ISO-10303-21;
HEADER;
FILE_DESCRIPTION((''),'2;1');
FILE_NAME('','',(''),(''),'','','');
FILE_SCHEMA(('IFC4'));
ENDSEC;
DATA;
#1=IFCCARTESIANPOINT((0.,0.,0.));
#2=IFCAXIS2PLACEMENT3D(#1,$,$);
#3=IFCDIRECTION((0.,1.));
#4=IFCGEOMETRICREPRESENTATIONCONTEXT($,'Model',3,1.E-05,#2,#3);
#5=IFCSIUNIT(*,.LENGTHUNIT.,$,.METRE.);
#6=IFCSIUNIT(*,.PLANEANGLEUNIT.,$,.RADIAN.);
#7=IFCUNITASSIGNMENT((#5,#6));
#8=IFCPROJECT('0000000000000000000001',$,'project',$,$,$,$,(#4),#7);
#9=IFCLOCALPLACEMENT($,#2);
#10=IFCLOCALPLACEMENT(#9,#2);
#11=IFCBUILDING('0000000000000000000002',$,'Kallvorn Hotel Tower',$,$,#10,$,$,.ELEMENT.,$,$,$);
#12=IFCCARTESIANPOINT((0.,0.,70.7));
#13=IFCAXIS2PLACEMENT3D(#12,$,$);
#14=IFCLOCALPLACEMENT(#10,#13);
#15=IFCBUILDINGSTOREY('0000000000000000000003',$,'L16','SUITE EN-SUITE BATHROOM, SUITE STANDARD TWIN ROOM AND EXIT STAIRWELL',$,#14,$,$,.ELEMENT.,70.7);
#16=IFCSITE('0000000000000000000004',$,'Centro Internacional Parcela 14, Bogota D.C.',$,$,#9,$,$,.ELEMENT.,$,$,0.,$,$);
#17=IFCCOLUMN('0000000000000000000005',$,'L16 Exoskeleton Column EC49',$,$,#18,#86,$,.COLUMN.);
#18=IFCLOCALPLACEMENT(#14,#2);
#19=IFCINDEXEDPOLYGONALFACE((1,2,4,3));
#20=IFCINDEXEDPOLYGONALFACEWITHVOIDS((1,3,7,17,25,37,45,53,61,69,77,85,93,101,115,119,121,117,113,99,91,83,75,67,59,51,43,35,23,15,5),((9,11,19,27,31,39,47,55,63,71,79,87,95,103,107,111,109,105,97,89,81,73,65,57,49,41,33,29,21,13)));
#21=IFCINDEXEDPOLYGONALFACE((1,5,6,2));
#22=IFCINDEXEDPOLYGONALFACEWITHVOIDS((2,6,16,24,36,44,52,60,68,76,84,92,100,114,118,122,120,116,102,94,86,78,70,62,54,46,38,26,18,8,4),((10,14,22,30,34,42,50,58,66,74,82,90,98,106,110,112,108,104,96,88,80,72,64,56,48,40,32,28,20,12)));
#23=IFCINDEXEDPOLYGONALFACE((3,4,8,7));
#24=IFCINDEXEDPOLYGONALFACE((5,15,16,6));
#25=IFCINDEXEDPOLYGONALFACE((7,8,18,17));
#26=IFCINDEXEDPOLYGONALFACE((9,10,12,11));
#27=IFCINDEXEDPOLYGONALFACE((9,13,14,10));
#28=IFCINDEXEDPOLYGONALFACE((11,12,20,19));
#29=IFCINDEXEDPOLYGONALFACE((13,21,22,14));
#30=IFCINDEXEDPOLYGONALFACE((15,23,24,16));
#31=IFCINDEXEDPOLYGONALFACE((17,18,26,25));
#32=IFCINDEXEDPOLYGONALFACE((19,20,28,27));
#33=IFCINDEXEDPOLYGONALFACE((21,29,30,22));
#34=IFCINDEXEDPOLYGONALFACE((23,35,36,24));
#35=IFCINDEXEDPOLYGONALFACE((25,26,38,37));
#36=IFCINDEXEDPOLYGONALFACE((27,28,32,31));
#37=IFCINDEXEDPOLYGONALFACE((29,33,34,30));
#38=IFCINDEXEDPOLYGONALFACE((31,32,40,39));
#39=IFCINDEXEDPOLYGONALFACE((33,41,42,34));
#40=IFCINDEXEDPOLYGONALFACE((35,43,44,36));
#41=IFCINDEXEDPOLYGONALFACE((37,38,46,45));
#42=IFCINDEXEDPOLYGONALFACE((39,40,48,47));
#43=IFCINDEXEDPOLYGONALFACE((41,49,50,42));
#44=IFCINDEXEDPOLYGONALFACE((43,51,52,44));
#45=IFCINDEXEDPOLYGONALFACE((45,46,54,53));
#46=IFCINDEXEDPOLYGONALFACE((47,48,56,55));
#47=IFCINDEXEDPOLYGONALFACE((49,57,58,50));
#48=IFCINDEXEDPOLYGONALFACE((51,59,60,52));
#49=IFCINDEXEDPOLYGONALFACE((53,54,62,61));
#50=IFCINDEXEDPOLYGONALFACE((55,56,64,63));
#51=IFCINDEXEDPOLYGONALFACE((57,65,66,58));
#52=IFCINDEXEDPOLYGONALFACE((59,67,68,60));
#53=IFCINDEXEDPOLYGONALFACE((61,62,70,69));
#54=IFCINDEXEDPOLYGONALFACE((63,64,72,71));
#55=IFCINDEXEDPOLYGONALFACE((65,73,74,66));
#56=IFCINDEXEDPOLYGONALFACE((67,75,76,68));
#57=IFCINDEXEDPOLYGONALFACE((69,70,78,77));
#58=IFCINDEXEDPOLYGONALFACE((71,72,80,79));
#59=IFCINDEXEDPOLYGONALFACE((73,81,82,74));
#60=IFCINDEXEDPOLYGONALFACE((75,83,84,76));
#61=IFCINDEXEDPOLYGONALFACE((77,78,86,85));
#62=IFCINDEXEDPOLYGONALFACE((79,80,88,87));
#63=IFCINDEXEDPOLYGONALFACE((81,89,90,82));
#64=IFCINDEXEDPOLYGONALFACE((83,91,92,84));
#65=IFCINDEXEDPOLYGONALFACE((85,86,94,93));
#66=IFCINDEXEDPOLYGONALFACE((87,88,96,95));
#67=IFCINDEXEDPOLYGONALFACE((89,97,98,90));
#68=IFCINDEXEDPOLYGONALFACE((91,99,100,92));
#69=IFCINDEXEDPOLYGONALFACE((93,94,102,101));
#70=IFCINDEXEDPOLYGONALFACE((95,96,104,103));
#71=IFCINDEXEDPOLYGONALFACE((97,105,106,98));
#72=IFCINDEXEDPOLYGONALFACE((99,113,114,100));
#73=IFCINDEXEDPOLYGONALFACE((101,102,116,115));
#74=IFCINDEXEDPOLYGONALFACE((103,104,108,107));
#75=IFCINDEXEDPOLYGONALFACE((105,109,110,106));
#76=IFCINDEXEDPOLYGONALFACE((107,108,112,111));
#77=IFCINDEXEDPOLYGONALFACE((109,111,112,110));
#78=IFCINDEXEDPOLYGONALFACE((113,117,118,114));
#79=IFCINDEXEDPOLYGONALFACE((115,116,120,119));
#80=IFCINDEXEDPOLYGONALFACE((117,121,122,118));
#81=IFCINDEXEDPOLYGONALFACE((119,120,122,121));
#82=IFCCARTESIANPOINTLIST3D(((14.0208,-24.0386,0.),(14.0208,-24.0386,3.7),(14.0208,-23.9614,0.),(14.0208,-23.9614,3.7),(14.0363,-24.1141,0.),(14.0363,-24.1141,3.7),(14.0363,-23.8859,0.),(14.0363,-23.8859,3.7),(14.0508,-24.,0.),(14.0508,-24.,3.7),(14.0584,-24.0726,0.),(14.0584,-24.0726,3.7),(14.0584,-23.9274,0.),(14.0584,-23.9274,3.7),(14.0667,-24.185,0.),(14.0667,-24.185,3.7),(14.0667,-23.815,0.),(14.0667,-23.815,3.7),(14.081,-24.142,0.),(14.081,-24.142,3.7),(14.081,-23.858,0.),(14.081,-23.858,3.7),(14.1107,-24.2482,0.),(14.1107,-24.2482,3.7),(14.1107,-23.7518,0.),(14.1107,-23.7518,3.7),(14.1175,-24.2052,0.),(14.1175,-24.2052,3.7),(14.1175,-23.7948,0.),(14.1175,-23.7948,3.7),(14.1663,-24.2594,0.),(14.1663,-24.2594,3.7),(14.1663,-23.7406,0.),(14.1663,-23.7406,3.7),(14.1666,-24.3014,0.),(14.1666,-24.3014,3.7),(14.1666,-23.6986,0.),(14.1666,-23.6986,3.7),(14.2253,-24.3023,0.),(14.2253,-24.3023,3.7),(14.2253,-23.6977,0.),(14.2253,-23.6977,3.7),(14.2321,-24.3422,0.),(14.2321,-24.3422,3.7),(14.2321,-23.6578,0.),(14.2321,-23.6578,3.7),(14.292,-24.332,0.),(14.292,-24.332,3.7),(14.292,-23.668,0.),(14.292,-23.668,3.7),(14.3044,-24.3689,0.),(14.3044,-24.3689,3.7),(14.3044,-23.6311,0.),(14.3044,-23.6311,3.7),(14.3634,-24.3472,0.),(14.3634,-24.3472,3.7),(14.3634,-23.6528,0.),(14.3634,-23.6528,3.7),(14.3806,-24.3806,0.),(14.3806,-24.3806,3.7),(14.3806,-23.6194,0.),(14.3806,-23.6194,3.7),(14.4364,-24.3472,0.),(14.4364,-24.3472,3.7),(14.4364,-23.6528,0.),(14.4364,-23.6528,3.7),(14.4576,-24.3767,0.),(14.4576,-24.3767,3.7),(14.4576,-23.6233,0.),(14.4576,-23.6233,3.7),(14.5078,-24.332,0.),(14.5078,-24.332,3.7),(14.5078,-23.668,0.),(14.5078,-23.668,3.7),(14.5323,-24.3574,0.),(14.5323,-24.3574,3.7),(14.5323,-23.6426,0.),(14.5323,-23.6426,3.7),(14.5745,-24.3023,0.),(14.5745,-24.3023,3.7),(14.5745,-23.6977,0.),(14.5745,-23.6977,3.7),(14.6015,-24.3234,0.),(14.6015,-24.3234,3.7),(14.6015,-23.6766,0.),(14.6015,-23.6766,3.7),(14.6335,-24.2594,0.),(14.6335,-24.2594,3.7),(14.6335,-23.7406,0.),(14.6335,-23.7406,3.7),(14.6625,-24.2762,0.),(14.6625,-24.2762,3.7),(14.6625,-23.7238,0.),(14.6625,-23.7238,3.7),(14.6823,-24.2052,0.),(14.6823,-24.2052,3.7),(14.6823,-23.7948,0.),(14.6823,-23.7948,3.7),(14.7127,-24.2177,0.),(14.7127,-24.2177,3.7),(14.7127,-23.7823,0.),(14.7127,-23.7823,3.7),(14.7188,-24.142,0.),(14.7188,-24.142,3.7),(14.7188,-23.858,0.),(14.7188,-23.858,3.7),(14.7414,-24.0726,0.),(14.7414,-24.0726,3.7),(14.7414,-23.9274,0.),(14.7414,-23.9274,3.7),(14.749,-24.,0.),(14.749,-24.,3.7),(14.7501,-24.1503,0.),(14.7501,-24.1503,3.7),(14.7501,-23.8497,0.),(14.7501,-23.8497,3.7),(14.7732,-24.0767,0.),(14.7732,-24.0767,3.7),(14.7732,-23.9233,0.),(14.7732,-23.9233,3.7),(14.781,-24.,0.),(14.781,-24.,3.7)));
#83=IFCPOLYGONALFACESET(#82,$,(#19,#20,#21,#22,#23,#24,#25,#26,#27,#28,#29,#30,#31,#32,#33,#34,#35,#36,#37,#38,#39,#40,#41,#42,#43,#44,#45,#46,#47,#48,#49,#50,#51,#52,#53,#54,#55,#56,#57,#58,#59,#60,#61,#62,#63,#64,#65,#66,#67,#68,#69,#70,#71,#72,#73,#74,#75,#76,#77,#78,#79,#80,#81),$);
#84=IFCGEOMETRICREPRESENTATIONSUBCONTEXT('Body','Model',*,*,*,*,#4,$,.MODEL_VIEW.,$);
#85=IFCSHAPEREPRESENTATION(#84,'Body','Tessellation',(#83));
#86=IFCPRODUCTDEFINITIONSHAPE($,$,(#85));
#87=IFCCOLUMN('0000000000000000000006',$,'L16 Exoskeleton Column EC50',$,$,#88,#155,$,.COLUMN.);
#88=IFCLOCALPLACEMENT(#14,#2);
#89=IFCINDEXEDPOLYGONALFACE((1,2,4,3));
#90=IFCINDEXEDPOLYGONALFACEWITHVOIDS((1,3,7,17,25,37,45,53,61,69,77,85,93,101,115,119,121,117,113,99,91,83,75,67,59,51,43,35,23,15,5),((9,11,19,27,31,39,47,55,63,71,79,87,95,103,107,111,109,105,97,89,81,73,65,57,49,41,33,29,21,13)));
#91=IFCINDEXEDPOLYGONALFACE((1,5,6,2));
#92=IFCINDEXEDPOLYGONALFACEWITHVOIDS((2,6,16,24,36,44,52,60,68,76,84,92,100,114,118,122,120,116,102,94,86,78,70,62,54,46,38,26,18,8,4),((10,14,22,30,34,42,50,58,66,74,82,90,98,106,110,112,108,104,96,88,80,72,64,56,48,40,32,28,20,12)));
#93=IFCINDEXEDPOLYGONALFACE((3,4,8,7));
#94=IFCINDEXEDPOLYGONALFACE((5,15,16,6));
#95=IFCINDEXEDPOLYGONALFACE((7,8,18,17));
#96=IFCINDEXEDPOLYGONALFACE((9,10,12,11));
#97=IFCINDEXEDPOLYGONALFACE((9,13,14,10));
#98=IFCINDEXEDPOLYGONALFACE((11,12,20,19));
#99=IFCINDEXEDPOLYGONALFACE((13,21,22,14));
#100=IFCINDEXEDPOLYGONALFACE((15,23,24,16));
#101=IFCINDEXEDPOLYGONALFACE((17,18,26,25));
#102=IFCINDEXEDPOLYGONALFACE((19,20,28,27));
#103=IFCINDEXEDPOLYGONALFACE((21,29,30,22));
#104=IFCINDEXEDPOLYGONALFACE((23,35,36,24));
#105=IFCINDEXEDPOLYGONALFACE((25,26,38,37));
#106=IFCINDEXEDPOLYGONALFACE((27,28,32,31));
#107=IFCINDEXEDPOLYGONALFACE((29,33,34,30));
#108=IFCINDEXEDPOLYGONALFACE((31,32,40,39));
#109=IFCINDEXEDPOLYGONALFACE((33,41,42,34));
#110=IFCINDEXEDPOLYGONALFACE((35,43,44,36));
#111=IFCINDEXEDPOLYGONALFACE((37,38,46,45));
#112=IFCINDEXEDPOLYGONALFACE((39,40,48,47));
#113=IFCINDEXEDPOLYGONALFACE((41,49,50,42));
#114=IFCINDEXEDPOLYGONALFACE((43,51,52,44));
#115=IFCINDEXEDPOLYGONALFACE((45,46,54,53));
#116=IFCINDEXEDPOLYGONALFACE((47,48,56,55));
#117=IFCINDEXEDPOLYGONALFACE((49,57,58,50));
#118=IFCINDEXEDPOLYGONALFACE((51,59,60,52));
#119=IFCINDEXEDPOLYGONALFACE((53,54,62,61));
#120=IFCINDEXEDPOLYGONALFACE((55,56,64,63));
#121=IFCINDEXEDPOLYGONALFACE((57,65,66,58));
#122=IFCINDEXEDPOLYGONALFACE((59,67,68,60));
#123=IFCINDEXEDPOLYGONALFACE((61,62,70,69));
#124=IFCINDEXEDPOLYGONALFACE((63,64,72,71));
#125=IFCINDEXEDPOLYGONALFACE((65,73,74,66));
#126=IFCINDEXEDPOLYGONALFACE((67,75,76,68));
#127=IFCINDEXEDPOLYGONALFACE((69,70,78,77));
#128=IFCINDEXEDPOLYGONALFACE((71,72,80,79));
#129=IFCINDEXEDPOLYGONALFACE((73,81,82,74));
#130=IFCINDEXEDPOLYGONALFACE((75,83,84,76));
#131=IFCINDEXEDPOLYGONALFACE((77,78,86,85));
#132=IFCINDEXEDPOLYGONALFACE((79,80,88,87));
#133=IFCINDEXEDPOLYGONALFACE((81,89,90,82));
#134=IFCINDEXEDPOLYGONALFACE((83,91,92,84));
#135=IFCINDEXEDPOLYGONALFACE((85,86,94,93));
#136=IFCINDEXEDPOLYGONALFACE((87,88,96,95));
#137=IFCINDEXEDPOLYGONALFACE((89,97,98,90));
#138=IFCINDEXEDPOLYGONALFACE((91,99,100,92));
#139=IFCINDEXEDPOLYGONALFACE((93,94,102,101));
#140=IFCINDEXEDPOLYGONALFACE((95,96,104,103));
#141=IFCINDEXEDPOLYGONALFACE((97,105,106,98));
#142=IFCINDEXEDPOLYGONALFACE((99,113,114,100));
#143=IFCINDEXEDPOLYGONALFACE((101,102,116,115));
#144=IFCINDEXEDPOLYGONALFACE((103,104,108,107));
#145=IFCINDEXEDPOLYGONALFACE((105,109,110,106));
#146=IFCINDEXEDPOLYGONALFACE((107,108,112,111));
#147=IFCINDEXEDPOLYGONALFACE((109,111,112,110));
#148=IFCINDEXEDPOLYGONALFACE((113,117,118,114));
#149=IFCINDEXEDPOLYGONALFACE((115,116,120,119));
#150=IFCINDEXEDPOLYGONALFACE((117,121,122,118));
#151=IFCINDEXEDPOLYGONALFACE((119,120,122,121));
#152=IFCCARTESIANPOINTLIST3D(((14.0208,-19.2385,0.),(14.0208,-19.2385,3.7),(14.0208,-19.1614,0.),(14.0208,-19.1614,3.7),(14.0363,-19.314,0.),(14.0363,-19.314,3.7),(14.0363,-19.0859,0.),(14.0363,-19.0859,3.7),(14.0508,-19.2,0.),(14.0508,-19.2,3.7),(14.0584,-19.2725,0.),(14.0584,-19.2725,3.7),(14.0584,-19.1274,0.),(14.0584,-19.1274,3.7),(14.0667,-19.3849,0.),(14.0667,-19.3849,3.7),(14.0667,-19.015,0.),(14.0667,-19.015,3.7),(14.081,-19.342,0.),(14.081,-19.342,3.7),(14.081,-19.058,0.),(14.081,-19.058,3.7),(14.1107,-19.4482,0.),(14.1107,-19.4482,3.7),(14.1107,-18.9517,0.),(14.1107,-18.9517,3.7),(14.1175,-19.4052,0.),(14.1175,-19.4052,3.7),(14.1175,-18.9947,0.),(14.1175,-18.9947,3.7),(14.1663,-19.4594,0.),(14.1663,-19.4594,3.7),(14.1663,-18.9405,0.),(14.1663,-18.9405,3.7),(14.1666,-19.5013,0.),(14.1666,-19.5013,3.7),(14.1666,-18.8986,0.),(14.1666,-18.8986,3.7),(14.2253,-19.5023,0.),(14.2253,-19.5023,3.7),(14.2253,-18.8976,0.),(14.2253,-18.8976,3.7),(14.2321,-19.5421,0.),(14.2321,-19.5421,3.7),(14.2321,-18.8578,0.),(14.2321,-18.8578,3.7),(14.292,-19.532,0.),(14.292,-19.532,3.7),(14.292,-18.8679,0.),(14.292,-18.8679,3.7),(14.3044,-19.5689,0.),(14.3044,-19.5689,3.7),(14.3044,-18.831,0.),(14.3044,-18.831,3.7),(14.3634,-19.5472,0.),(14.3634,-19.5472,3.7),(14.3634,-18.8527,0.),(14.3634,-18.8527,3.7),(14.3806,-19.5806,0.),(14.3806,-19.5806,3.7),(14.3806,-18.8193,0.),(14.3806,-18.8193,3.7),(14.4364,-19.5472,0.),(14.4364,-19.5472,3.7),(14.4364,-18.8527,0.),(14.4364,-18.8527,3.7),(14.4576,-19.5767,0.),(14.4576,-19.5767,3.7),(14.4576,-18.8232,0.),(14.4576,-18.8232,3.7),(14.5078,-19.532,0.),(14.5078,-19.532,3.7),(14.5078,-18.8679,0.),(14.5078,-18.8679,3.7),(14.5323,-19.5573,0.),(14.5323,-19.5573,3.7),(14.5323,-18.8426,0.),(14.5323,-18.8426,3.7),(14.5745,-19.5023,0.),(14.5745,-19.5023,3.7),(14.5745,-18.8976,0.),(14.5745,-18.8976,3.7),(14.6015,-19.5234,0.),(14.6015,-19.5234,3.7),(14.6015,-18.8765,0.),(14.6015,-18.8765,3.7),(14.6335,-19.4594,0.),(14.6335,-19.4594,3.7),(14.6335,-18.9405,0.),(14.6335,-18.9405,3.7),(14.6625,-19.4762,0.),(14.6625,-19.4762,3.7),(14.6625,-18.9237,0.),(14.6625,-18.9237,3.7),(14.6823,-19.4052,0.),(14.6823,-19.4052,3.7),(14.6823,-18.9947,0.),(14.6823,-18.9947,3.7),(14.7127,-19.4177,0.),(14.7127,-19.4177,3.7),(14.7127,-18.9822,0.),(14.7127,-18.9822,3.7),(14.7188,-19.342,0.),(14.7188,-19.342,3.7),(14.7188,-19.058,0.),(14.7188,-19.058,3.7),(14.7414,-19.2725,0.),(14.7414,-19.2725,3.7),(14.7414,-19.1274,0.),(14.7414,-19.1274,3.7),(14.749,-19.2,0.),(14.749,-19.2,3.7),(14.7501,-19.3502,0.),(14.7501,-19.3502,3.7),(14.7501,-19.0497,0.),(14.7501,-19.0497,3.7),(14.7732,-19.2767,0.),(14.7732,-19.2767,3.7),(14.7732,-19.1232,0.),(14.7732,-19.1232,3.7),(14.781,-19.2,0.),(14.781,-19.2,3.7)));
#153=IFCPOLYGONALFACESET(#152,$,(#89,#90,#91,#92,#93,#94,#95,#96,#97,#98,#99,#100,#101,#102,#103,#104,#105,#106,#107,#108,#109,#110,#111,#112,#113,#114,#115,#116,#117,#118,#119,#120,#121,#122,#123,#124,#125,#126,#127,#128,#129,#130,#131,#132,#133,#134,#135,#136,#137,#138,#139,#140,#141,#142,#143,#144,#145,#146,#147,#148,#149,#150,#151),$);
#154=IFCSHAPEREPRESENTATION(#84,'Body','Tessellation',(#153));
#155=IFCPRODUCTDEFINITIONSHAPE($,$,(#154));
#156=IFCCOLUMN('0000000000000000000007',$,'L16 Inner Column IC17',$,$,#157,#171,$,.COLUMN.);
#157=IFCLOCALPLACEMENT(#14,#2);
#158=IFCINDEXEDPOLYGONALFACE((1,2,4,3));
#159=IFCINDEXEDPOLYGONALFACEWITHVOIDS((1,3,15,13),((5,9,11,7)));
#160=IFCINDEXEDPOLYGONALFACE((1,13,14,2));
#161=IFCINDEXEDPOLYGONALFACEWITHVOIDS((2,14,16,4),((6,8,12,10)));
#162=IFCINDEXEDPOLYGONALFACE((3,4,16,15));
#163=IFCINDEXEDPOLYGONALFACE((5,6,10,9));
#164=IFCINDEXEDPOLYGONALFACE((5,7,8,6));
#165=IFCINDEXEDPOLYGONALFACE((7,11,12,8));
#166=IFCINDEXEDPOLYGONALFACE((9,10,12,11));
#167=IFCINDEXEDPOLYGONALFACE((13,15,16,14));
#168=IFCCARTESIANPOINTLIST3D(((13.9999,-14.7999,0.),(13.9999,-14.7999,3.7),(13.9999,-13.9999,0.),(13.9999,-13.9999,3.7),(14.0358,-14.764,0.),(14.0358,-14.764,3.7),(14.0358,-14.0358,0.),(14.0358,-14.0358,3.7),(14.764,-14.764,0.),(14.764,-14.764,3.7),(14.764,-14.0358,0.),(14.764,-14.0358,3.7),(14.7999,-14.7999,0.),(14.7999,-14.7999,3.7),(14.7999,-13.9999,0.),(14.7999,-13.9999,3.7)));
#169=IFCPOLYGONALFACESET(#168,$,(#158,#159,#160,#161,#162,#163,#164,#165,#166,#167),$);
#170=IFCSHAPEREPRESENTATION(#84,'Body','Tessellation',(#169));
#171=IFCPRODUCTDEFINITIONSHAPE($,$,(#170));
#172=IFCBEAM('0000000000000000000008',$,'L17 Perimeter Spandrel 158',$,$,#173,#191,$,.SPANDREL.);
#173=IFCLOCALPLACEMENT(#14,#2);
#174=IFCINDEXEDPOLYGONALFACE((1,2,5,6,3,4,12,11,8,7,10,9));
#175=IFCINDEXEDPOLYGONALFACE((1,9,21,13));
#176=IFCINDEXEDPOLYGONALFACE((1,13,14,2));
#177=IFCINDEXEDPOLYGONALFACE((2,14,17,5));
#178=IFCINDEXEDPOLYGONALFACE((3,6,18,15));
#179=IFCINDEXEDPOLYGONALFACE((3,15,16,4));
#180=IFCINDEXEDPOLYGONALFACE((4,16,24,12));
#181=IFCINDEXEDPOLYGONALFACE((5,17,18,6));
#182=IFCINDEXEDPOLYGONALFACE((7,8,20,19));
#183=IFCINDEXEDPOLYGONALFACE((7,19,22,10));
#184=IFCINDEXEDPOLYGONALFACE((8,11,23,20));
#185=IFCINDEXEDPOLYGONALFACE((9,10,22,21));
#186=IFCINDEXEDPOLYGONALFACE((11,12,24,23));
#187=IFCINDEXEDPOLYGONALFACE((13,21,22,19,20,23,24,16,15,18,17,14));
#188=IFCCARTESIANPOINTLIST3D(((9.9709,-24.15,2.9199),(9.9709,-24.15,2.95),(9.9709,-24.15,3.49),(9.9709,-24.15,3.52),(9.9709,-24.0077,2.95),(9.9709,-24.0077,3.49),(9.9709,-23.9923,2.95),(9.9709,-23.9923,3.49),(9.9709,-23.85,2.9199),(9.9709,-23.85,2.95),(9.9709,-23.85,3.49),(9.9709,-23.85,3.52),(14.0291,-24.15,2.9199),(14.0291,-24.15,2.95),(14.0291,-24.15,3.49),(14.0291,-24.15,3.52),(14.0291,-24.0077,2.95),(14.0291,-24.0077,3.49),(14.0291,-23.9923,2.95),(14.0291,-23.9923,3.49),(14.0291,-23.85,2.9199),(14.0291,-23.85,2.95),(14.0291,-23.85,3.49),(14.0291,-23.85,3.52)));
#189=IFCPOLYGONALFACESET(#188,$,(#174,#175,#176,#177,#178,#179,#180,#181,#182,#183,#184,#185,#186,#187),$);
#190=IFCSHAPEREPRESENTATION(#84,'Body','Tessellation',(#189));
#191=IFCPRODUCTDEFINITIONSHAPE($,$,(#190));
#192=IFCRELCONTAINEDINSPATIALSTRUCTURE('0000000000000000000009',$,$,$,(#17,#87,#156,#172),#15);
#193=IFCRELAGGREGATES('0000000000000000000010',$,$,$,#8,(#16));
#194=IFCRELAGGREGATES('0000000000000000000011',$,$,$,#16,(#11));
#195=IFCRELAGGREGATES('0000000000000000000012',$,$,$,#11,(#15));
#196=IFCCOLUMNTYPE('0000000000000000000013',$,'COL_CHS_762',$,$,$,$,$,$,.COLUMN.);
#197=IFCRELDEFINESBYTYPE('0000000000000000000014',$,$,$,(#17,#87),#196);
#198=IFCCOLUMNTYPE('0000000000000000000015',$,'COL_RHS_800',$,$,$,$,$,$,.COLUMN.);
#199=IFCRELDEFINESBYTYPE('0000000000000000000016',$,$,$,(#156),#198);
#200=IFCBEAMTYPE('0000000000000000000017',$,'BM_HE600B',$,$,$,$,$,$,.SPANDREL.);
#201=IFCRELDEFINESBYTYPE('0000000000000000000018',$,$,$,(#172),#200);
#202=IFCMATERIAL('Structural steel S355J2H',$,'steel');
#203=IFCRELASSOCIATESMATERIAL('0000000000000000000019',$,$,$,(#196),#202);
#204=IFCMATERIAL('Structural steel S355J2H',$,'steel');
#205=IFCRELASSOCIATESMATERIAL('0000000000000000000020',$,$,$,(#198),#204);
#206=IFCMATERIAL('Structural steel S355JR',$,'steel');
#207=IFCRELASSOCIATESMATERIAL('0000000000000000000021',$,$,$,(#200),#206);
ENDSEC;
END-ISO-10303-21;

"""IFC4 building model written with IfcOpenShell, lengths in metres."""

from ifc_helpers import new_model, si_unit, direction, frame, origin, origin_2d, place, context, subcontext, project, spatial, hollow_rectangle, hollow_circle, i_section, extrude, material, material_profile, profile_set, type_object, element, save


model = new_model("IFC4")

# Units and contexts
model_context = context("Model", 3, precision=1e-05, world=origin(), true_north=direction((0.0, 1.0)))
body_context = subcontext(model_context, "Body", "Model", "MODEL_VIEW")
ifc_project = project(units=[si_unit("LENGTHUNIT", "METRE"), si_unit("PLANEANGLEUNIT", "RADIAN")], contexts=[model_context])

# Site, building, storey
site_placement = place(None, origin())
site = spatial("IfcSite", under=ifc_project, at=site_placement, Name="Centro Internacional Parcela 14, Bogota D.C.", CompositionType="ELEMENT", RefElevation=0.0)
building_placement = place(site_placement, origin())
building = spatial("IfcBuilding", under=site, at=building_placement, Name="Kallvorn Hotel Tower", CompositionType="ELEMENT")
storey_placement = place(building_placement, frame((0.0, 0.0, 70.7)))
storey = spatial("IfcBuildingStorey", under=building, at=storey_placement, Name="L16", Description="SUITE EN-SUITE BATHROOM, SUITE STANDARD TWIN ROOM AND EXIT STAIRWELL", CompositionType="ELEMENT", Elevation=70.7)

# Columns
ifc_material_1 = material(Name="Structural steel S355J2H", Category="steel")
ifc_material_profile_1 = material_profile(ifc_material_1, hollow_circle(Radius=0.3811, WallThickness=0.032, at=origin_2d()), Name="CHS 762x32")
ifc_profile_set_1 = profile_set([ifc_material_profile_1], Name="Structural steel S355J2H")
column_type_1 = type_object("IfcColumnType", Name="COL_CHS_762", PredefinedType="COLUMN", material=ifc_profile_set_1)
for number, where, z_axis, x_axis, name in (
    (1, (14.3999, -24.0, 0.0), (0.0, 0.0, 1.0), (1.0, 0.0, 0.0), "L16 Exoskeleton Column EC49"),
    (2, (14.3999, -19.2, 0.0), (0.0, 0.0, 1.0), (1.0, 0.0, 0.0), "L16 Exoskeleton Column EC50"),
):
    element("IfcColumn", number, at=place(storey_placement, frame(where, z_axis=z_axis, x_axis=x_axis)), inside=storey, type_object=column_type_1, Name=name, PredefinedType="COLUMN", context=body_context, shape_type="SweptSolid", body=[
        extrude(hollow_circle(Radius=0.3811, WallThickness=0.032, at=origin_2d()), origin(), (0.0, 0.0, 1.0), 3.7),
    ])
ifc_material_2 = material(Name="Structural steel S355J2H", Category="steel")
ifc_material_profile_2 = material_profile(ifc_material_2, hollow_rectangle(XDim=0.8, YDim=0.8, WallThickness=0.0359, at=origin_2d()), Name="RHS 800x800x36")
ifc_profile_set_2 = profile_set([ifc_material_profile_2], Name="Structural steel S355J2H")
column_type_2 = type_object("IfcColumnType", Name="COL_RHS_800", PredefinedType="COLUMN", material=ifc_profile_set_2)
column_placement = place(storey_placement, frame((14.3999, -14.3999, 0.0), z_axis=(0.0, 0.0, 1.0), x_axis=(1.0, 0.0, 0.0)))
element("IfcColumn", 3, at=column_placement, inside=storey, type_object=column_type_2, Name="L16 Inner Column IC17", PredefinedType="COLUMN", context=body_context, shape_type="SweptSolid", body=[
    extrude(hollow_rectangle(XDim=0.8, YDim=0.8, WallThickness=0.0359, at=origin_2d()), origin(), (0.0, 0.0, 1.0), 3.7),
])

# Beam
ifc_material_3 = material(Name="Structural steel S355JR", Category="steel")
ifc_material_profile_3 = material_profile(ifc_material_3, i_section(OverallWidth=0.3, OverallDepth=0.6001, WebThickness=0.0154, FlangeThickness=0.03, at=origin_2d()), Name="HE 600 B")
ifc_profile_set_3 = profile_set([ifc_material_profile_3], Name="Structural steel S355JR")
beam_type_1 = type_object("IfcBeamType", Name="BM_HE600B", PredefinedType="SPANDREL", material=ifc_profile_set_3)
for number, where, z_axis, x_axis, name in (
    (4, (9.9709, -24.0, 3.22), (1.0, 0.0, 0.0), (0.0, 1.0, 0.0), "L17 Perimeter Spandrel 158"),
):
    element("IfcBeam", number, at=place(storey_placement, frame(where, z_axis=z_axis, x_axis=x_axis)), inside=storey, type_object=beam_type_1, Name=name, PredefinedType="SPANDREL", context=body_context, shape_type="SweptSolid", body=[
        extrude(i_section(OverallWidth=0.3, OverallDepth=0.6001, WebThickness=0.0154, FlangeThickness=0.03, at=origin_2d()), origin(), (0.0, 0.0, 1.0), 4.0581),
    ])

save(model, "model.ifc")
